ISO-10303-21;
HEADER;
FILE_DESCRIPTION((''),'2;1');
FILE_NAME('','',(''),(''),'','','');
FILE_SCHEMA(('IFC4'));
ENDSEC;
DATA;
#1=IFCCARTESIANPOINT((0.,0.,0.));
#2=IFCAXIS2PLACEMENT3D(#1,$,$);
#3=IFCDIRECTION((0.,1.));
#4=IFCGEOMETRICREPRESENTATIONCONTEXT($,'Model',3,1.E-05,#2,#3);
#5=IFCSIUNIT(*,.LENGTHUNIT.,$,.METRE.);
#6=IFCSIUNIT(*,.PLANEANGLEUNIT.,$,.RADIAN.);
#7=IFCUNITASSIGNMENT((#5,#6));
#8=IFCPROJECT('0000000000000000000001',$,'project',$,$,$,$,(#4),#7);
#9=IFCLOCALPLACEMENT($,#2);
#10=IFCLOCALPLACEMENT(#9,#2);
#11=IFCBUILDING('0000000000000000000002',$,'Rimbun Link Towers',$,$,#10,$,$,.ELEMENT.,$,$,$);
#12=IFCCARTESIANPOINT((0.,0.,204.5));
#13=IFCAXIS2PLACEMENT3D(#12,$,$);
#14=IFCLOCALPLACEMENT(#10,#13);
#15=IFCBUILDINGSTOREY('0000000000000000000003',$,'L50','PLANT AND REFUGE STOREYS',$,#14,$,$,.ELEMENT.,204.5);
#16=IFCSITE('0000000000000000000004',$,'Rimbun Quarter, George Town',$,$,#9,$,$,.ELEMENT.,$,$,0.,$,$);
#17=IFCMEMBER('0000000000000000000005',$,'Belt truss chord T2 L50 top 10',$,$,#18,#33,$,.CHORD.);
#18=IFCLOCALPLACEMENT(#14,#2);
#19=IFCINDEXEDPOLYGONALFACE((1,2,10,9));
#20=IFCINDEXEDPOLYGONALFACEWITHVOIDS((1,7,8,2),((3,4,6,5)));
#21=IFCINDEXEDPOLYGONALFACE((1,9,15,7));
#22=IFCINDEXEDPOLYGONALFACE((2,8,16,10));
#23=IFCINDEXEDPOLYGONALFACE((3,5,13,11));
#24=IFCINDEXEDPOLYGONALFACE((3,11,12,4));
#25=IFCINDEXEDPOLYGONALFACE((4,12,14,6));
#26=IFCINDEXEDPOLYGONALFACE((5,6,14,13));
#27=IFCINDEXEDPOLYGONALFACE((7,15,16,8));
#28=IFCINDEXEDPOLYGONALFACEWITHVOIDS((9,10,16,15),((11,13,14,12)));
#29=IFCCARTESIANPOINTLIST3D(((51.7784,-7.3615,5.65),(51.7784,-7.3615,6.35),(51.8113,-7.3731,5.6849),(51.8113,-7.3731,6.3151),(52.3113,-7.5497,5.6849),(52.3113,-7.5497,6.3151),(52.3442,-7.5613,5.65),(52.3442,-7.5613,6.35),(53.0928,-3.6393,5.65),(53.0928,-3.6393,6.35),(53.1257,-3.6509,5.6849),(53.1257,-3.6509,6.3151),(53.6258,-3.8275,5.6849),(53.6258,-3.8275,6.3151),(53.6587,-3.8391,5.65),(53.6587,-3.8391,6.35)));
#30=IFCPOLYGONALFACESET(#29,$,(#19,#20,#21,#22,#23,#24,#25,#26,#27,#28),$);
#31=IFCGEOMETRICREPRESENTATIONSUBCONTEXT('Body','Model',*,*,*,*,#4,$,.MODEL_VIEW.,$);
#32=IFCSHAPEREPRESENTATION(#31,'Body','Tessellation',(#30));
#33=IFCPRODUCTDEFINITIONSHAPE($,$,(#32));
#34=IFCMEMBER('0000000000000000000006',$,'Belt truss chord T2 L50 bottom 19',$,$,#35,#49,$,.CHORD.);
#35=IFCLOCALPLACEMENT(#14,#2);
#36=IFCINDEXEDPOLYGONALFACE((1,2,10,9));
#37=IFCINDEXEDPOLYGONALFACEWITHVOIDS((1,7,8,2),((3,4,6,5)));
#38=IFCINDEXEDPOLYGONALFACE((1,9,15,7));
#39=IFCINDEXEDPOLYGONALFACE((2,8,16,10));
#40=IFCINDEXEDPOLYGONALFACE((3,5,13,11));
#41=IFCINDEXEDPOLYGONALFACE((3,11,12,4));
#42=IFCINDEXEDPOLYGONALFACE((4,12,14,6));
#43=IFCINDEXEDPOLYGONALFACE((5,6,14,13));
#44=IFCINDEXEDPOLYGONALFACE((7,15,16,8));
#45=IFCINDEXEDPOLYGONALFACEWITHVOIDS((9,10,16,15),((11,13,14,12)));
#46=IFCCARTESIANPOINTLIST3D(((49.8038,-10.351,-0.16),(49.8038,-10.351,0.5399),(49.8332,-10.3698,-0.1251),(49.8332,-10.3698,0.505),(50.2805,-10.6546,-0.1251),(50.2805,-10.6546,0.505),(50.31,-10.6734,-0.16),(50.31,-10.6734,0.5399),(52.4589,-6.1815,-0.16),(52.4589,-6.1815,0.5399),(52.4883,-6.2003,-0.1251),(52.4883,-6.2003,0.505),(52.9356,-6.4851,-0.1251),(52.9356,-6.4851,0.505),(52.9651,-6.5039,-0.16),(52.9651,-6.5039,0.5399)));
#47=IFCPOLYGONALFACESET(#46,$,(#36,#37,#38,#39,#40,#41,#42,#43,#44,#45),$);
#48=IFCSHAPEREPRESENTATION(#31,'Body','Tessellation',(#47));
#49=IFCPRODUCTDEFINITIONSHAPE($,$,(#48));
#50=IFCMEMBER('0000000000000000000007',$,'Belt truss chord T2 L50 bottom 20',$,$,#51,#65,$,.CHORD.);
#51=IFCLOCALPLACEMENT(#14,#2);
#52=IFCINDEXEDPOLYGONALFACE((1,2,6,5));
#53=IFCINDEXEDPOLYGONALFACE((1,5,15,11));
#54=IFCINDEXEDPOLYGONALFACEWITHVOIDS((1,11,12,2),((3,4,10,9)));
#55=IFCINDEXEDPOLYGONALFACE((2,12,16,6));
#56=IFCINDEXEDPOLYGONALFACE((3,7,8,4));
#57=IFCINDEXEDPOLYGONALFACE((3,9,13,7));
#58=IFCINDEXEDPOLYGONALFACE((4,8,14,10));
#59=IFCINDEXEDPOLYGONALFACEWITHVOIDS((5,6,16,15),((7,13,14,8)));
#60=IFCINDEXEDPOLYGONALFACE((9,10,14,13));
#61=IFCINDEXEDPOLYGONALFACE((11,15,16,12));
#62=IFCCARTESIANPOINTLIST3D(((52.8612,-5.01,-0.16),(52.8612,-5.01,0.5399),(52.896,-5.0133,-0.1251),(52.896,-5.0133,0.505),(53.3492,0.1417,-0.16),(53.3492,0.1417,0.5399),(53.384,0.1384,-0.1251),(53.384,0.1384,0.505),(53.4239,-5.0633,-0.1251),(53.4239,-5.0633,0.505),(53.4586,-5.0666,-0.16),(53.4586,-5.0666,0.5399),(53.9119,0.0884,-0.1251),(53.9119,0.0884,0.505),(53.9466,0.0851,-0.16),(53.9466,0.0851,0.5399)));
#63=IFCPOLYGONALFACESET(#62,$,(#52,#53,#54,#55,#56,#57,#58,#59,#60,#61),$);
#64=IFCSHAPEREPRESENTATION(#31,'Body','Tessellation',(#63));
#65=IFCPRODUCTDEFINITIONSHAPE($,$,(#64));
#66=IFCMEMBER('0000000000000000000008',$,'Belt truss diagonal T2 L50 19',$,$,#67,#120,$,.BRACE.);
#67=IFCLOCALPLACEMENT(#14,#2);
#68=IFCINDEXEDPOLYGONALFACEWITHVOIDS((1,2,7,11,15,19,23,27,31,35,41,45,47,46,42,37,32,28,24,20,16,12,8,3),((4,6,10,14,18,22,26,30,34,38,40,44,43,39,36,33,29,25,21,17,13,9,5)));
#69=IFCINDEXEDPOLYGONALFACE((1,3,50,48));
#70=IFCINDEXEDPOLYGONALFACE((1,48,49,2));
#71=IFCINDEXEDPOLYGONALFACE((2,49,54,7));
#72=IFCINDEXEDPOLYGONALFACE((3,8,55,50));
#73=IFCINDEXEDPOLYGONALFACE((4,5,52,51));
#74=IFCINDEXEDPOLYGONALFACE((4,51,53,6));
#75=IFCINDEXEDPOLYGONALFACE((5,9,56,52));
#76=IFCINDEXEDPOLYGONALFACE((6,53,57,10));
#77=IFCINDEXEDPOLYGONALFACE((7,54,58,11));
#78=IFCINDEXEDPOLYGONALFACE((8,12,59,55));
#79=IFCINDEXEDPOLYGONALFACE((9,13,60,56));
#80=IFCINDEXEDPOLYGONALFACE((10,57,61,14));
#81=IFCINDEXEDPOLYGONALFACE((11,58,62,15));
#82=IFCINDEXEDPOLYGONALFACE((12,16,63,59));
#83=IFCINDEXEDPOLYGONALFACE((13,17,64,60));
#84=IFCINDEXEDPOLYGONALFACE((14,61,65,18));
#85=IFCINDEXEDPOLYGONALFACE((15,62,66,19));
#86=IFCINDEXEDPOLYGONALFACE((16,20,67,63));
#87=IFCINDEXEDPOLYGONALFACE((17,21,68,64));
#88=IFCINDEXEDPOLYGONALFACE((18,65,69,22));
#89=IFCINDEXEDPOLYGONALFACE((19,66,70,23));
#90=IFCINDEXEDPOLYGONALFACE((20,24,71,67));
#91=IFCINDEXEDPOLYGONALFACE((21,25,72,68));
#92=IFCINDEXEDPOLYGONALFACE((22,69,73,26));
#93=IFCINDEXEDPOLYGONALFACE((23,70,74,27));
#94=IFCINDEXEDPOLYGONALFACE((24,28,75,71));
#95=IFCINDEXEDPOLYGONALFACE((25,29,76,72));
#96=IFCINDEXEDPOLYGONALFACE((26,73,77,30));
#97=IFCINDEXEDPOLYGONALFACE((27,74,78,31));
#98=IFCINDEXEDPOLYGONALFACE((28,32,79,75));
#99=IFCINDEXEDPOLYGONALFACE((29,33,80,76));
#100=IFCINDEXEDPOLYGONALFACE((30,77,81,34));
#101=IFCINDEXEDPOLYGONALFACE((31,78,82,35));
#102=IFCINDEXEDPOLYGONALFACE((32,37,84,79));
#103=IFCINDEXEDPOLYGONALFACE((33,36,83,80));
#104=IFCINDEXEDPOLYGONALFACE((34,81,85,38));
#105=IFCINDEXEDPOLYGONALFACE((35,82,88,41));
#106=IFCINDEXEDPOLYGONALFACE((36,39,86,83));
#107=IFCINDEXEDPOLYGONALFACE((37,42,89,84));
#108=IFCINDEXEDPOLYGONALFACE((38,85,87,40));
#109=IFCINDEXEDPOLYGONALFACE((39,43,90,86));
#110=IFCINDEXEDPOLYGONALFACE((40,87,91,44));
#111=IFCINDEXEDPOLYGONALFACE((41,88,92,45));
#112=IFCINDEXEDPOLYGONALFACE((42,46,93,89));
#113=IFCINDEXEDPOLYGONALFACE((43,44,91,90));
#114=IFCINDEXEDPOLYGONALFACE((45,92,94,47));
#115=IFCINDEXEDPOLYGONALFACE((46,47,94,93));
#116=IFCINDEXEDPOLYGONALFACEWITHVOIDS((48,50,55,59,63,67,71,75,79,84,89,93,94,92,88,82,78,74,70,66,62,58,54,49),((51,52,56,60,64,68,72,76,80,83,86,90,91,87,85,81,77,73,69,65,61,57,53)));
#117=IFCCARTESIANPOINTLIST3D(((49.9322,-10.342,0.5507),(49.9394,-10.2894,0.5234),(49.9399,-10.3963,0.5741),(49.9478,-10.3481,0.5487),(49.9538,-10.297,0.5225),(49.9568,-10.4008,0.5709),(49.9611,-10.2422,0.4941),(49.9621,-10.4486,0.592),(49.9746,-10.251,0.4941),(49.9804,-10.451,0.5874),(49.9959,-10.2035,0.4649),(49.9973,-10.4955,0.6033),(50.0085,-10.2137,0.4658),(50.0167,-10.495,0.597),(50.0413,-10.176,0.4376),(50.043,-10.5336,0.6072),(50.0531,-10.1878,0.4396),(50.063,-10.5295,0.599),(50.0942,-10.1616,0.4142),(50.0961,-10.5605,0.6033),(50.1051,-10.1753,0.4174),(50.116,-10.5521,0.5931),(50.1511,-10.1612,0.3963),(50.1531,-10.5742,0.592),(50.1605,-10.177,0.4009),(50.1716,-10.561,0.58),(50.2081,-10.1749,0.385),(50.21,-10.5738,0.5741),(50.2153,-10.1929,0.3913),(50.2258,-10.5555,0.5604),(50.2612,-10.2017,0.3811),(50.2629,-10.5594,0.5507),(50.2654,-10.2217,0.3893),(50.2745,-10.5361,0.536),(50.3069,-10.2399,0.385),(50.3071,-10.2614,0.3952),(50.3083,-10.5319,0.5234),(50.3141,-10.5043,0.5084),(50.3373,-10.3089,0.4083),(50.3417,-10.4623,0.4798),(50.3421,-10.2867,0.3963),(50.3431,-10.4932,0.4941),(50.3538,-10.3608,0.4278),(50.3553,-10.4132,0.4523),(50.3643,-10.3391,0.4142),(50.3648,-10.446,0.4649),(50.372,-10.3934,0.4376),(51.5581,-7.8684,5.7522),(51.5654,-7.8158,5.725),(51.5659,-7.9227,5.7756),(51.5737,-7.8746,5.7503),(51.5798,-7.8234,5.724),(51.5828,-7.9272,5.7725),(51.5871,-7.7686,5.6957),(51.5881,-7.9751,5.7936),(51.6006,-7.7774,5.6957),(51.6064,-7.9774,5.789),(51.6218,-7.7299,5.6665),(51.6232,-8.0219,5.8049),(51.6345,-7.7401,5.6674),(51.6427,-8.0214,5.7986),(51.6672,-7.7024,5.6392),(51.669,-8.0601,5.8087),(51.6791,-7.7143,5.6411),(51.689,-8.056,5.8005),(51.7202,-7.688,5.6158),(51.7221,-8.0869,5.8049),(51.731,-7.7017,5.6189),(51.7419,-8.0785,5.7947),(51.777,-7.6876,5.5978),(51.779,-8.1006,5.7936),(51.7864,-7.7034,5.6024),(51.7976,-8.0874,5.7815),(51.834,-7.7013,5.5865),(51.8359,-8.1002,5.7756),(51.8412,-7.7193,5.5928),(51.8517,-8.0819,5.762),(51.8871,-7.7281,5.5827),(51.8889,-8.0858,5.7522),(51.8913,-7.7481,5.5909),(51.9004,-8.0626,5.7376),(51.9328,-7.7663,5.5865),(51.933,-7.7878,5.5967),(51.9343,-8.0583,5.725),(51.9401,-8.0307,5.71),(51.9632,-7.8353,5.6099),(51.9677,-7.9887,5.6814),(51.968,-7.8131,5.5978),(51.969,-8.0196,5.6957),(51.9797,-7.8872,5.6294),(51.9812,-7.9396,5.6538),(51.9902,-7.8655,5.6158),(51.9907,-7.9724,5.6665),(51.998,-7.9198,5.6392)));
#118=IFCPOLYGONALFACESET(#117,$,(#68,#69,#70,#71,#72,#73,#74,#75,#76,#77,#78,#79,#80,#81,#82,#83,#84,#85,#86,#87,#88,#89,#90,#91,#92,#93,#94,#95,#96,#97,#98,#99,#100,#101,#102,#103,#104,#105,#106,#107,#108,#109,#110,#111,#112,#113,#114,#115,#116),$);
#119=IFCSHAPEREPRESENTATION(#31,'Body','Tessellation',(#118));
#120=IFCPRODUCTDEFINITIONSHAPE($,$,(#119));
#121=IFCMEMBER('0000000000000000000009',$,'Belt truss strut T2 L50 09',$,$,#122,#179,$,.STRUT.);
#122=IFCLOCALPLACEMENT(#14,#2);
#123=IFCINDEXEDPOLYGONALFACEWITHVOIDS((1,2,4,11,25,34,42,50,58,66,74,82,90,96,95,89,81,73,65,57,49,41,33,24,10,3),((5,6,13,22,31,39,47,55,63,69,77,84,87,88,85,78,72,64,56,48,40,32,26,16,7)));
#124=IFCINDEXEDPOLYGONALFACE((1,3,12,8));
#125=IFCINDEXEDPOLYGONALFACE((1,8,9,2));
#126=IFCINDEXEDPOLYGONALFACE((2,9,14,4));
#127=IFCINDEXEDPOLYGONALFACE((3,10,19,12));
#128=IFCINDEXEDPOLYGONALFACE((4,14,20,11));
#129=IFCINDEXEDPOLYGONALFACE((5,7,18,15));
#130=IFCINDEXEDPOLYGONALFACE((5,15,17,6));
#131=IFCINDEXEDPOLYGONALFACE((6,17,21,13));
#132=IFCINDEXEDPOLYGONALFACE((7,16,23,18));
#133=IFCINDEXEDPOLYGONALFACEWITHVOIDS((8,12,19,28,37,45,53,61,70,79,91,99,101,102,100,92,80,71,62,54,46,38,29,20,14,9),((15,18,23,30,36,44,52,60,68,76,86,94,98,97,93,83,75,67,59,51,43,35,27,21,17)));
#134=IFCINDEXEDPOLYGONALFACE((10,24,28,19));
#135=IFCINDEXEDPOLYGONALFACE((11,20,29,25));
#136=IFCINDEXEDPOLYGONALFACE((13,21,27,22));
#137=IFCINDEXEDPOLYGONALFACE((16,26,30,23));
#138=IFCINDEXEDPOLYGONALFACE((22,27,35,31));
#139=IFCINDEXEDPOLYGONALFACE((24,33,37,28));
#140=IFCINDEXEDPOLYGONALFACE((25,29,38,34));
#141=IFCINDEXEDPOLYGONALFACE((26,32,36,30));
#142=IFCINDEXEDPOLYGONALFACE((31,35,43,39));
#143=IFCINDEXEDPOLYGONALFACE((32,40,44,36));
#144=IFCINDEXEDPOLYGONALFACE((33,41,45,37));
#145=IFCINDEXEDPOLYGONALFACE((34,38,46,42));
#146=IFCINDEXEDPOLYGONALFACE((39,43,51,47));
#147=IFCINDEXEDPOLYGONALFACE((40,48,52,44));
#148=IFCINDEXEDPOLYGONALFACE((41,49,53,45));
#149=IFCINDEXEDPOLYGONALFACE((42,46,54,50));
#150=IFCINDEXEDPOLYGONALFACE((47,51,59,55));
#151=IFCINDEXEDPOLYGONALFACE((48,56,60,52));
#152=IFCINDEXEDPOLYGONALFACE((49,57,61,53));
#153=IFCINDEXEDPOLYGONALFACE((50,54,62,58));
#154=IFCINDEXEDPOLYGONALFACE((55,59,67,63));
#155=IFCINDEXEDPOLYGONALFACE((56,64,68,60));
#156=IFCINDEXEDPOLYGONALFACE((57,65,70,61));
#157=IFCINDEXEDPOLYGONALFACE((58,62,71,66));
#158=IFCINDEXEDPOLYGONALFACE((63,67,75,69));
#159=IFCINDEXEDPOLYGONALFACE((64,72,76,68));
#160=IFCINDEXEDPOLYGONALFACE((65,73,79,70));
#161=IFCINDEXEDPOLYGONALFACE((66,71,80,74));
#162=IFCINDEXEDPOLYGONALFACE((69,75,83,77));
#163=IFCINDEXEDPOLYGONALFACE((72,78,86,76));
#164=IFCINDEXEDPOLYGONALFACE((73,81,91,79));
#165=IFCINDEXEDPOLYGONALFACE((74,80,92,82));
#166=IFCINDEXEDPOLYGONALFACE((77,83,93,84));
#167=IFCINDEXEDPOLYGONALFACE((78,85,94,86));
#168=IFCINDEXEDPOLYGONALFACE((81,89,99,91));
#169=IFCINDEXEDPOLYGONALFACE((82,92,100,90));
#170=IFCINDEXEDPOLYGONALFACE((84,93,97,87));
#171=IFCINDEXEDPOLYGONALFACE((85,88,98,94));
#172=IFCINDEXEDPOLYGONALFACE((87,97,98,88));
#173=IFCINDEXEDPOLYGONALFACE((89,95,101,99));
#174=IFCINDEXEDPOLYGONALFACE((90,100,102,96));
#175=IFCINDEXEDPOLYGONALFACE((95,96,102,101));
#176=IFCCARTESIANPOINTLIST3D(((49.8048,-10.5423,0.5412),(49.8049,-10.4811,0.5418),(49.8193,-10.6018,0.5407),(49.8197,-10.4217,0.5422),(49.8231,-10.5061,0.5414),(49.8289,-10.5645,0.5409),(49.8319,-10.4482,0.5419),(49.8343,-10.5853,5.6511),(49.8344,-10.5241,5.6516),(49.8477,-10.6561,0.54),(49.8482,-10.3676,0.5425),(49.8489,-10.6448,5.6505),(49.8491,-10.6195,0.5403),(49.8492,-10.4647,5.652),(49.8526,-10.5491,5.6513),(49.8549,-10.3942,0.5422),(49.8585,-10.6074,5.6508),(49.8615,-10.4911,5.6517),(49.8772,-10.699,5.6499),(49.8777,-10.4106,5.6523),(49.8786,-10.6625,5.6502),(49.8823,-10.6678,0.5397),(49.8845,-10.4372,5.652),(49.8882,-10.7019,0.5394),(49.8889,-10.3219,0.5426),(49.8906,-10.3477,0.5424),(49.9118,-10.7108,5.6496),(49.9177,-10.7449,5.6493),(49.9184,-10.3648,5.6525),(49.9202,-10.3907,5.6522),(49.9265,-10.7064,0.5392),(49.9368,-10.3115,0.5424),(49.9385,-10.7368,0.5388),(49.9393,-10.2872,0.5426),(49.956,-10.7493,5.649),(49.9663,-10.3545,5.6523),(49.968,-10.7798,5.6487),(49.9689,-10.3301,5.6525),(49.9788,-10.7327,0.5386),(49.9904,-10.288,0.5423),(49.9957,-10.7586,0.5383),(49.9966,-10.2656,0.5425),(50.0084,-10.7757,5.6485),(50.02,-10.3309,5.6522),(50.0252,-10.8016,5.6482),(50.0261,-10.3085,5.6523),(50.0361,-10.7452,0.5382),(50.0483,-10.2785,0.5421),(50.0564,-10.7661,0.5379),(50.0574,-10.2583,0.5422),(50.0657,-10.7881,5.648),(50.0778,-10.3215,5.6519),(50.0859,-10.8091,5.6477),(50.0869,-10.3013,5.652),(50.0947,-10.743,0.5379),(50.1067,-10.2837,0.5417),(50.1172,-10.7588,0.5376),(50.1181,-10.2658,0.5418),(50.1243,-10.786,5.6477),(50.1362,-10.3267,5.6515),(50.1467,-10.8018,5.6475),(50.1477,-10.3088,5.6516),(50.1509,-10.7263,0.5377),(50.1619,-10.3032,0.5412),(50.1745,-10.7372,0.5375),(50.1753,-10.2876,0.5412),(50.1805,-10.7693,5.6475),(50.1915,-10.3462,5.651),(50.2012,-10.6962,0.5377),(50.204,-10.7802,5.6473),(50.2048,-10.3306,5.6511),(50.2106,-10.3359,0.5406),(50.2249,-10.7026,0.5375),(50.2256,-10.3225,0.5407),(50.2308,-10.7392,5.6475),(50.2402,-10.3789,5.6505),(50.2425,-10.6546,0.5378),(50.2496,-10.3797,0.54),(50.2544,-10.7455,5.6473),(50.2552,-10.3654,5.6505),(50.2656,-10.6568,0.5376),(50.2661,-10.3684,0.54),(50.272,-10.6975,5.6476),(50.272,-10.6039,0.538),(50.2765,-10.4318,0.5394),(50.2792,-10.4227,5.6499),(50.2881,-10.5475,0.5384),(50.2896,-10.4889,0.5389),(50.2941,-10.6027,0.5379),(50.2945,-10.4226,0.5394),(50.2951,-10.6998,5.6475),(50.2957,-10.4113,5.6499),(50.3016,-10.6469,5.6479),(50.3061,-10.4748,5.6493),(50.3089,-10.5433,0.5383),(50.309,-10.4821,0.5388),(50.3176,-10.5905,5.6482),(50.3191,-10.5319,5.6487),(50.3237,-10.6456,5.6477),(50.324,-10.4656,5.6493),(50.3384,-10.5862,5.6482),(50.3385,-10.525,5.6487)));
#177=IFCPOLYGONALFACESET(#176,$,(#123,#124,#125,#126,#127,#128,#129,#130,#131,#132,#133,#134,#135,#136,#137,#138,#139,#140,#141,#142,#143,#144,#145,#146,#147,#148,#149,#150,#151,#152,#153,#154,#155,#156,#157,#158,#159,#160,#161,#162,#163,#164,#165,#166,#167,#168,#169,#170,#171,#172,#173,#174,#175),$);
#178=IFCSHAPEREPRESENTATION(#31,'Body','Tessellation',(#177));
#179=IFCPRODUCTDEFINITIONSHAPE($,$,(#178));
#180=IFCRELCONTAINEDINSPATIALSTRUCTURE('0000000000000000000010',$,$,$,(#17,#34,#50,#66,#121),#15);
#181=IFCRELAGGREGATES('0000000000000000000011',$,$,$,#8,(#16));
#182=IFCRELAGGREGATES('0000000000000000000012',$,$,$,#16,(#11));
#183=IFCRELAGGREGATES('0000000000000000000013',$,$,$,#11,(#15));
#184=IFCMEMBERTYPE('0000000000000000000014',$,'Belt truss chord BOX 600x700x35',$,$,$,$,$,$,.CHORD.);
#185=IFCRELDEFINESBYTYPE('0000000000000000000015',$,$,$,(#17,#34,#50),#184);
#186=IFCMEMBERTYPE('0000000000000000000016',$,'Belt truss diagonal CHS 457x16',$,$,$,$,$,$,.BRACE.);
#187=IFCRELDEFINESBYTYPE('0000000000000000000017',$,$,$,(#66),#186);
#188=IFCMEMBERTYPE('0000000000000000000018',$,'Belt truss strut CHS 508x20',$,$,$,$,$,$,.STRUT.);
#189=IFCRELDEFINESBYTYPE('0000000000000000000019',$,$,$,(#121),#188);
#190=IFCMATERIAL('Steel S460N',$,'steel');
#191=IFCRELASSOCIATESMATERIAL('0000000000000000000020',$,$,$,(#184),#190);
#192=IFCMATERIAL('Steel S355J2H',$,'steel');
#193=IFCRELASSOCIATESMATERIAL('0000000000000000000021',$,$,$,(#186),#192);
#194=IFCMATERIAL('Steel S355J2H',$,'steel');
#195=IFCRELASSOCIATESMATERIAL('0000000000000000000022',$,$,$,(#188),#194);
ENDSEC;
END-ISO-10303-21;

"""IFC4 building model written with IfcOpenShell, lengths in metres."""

from ifc_helpers import new_model, si_unit, direction, frame, origin, origin_2d, place, context, subcontext, project, spatial, hollow_rectangle, hollow_circle, extrude, material, material_profile, profile_set, type_object, element, save


model = new_model("IFC4")

# Units and contexts
model_context = context("Model", 3, precision=1e-05, world=origin(), true_north=direction((0.0, 1.0)))
body_context = subcontext(model_context, "Body", "Model", "MODEL_VIEW")
ifc_project = project(units=[si_unit("LENGTHUNIT", "METRE"), si_unit("PLANEANGLEUNIT", "RADIAN")], contexts=[model_context])

# Site, building, storey
site_placement = place(None, origin())
site = spatial("IfcSite", under=ifc_project, at=site_placement, Name="Rimbun Quarter, George Town", CompositionType="ELEMENT", RefElevation=0.0)
building_placement = place(site_placement, origin())
building = spatial("IfcBuilding", under=site, at=building_placement, Name="Rimbun Link Towers", CompositionType="ELEMENT")
storey_placement = place(building_placement, frame((0.0, 0.0, 204.5)))
storey = spatial("IfcBuildingStorey", under=building, at=storey_placement, Name="L50", Description="PLANT AND REFUGE STOREYS", CompositionType="ELEMENT", Elevation=204.5)

# Members
ifc_material_1 = material(Name="Steel S460N", Category="steel")
ifc_material_profile_1 = material_profile(ifc_material_1, hollow_rectangle(XDim=0.6001, YDim=0.7, WallThickness=0.0349, at=origin_2d()), Name="Belt truss chord BOX 600x700x35")
ifc_profile_set_1 = profile_set([ifc_material_profile_1], Name="Steel S460N")
member_type_1 = type_object("IfcMemberType", Name="Belt truss chord BOX 600x700x35", PredefinedType="CHORD", material=ifc_profile_set_1)
member_1_placement = place(storey_placement, frame((52.0613, -7.4614, 6.0), z_axis=(0.332988, 0.942931, 0.0), x_axis=(-0.942931, 0.332988, 0.0)))
element("IfcMember", 1, at=member_1_placement, inside=storey, type_object=member_type_1, Name="Belt truss chord T2 L50 top 10", PredefinedType="CHORD", context=body_context, shape_type="SweptSolid", body=[
    extrude(hollow_rectangle(XDim=0.6001, YDim=0.7, WallThickness=0.0349, at=origin_2d()), origin(), (0.0, 0.0, 1.0), 3.9475),
])
member_2_placement = place(storey_placement, frame((50.0569, -10.5122, 0.1899), z_axis=(0.537128, 0.843501, 0.0), x_axis=(-0.843501, 0.537128, 0.0)))
element("IfcMember", 2, at=member_2_placement, inside=storey, type_object=member_type_1, Name="Belt truss chord T2 L50 bottom 19", PredefinedType="CHORD", context=body_context, shape_type="SweptSolid", body=[
    extrude(hollow_rectangle(XDim=0.6001, YDim=0.7, WallThickness=0.0349, at=origin_2d()), origin(), (0.0, 0.0, 1.0), 4.9431),
])
member_3_placement = place(storey_placement, frame((53.1599, -5.0383, 0.1899), z_axis=(0.094308, 0.995543, 0.0), x_axis=(-0.995543, 0.094308, 0.0)))
element("IfcMember", 3, at=member_3_placement, inside=storey, type_object=member_type_1, Name="Belt truss chord T2 L50 bottom 20", PredefinedType="CHORD", context=body_context, shape_type="SweptSolid", body=[
    extrude(hollow_rectangle(XDim=0.6001, YDim=0.7, WallThickness=0.0349, at=origin_2d()), origin(), (0.0, 0.0, 1.0), 5.1748),
])
ifc_material_2 = material(Name="Steel S355J2H", Category="steel")
ifc_material_profile_2 = material_profile(ifc_material_2, hollow_circle(Radius=0.2285, WallThickness=0.0161, at=origin_2d()), Name="Belt truss diagonal CHS 457x16")
ifc_profile_set_2 = profile_set([ifc_material_profile_2], Name="Steel S355J2H")
member_type_2 = type_object("IfcMemberType", Name="Belt truss diagonal CHS 457x16", PredefinedType="BRACE", material=ifc_profile_set_2)
member_4_placement = place(storey_placement, frame((50.1521, -10.3677, 0.4941), z_axis=(0.271676, 0.413307, 0.86912), x_axis=(-0.835636, 0.549283, 0.0)))
element("IfcMember", 4, at=member_4_placement, inside=storey, type_object=member_type_2, Name="Belt truss diagonal T2 L50 19", PredefinedType="BRACE", context=body_context, shape_type="SweptSolid", body=[
    extrude(hollow_circle(Radius=0.2285, WallThickness=0.0161, at=origin_2d()), origin(), (0.0, 0.0, 1.0), 5.9849),
])
ifc_material_3 = material(Name="Steel S355J2H", Category="steel")
ifc_material_profile_3 = material_profile(ifc_material_3, hollow_circle(Radius=0.2539, WallThickness=0.02, at=origin_2d()), Name="Belt truss strut CHS 508x20")
ifc_profile_set_3 = profile_set([ifc_material_profile_3], Name="Steel S355J2H")
member_type_3 = type_object("IfcMemberType", Name="Belt truss strut CHS 508x20", PredefinedType="STRUT", material=ifc_profile_set_3)
member_5_placement = place(storey_placement, frame((50.0569, -10.5122, 0.54), z_axis=(0.005781, -0.008409, 0.999948), x_axis=(0.824042, 0.566529, 0.0)))
element("IfcMember", 5, at=member_5_placement, inside=storey, type_object=member_type_3, Name="Belt truss strut T2 L50 09", PredefinedType="STRUT", context=body_context, shape_type="SweptSolid", body=[
    extrude(hollow_circle(Radius=0.2539, WallThickness=0.02, at=origin_2d()), origin(), (0.0, 0.0, 1.0), 5.1101),
])

save(model, "model.ifc")
